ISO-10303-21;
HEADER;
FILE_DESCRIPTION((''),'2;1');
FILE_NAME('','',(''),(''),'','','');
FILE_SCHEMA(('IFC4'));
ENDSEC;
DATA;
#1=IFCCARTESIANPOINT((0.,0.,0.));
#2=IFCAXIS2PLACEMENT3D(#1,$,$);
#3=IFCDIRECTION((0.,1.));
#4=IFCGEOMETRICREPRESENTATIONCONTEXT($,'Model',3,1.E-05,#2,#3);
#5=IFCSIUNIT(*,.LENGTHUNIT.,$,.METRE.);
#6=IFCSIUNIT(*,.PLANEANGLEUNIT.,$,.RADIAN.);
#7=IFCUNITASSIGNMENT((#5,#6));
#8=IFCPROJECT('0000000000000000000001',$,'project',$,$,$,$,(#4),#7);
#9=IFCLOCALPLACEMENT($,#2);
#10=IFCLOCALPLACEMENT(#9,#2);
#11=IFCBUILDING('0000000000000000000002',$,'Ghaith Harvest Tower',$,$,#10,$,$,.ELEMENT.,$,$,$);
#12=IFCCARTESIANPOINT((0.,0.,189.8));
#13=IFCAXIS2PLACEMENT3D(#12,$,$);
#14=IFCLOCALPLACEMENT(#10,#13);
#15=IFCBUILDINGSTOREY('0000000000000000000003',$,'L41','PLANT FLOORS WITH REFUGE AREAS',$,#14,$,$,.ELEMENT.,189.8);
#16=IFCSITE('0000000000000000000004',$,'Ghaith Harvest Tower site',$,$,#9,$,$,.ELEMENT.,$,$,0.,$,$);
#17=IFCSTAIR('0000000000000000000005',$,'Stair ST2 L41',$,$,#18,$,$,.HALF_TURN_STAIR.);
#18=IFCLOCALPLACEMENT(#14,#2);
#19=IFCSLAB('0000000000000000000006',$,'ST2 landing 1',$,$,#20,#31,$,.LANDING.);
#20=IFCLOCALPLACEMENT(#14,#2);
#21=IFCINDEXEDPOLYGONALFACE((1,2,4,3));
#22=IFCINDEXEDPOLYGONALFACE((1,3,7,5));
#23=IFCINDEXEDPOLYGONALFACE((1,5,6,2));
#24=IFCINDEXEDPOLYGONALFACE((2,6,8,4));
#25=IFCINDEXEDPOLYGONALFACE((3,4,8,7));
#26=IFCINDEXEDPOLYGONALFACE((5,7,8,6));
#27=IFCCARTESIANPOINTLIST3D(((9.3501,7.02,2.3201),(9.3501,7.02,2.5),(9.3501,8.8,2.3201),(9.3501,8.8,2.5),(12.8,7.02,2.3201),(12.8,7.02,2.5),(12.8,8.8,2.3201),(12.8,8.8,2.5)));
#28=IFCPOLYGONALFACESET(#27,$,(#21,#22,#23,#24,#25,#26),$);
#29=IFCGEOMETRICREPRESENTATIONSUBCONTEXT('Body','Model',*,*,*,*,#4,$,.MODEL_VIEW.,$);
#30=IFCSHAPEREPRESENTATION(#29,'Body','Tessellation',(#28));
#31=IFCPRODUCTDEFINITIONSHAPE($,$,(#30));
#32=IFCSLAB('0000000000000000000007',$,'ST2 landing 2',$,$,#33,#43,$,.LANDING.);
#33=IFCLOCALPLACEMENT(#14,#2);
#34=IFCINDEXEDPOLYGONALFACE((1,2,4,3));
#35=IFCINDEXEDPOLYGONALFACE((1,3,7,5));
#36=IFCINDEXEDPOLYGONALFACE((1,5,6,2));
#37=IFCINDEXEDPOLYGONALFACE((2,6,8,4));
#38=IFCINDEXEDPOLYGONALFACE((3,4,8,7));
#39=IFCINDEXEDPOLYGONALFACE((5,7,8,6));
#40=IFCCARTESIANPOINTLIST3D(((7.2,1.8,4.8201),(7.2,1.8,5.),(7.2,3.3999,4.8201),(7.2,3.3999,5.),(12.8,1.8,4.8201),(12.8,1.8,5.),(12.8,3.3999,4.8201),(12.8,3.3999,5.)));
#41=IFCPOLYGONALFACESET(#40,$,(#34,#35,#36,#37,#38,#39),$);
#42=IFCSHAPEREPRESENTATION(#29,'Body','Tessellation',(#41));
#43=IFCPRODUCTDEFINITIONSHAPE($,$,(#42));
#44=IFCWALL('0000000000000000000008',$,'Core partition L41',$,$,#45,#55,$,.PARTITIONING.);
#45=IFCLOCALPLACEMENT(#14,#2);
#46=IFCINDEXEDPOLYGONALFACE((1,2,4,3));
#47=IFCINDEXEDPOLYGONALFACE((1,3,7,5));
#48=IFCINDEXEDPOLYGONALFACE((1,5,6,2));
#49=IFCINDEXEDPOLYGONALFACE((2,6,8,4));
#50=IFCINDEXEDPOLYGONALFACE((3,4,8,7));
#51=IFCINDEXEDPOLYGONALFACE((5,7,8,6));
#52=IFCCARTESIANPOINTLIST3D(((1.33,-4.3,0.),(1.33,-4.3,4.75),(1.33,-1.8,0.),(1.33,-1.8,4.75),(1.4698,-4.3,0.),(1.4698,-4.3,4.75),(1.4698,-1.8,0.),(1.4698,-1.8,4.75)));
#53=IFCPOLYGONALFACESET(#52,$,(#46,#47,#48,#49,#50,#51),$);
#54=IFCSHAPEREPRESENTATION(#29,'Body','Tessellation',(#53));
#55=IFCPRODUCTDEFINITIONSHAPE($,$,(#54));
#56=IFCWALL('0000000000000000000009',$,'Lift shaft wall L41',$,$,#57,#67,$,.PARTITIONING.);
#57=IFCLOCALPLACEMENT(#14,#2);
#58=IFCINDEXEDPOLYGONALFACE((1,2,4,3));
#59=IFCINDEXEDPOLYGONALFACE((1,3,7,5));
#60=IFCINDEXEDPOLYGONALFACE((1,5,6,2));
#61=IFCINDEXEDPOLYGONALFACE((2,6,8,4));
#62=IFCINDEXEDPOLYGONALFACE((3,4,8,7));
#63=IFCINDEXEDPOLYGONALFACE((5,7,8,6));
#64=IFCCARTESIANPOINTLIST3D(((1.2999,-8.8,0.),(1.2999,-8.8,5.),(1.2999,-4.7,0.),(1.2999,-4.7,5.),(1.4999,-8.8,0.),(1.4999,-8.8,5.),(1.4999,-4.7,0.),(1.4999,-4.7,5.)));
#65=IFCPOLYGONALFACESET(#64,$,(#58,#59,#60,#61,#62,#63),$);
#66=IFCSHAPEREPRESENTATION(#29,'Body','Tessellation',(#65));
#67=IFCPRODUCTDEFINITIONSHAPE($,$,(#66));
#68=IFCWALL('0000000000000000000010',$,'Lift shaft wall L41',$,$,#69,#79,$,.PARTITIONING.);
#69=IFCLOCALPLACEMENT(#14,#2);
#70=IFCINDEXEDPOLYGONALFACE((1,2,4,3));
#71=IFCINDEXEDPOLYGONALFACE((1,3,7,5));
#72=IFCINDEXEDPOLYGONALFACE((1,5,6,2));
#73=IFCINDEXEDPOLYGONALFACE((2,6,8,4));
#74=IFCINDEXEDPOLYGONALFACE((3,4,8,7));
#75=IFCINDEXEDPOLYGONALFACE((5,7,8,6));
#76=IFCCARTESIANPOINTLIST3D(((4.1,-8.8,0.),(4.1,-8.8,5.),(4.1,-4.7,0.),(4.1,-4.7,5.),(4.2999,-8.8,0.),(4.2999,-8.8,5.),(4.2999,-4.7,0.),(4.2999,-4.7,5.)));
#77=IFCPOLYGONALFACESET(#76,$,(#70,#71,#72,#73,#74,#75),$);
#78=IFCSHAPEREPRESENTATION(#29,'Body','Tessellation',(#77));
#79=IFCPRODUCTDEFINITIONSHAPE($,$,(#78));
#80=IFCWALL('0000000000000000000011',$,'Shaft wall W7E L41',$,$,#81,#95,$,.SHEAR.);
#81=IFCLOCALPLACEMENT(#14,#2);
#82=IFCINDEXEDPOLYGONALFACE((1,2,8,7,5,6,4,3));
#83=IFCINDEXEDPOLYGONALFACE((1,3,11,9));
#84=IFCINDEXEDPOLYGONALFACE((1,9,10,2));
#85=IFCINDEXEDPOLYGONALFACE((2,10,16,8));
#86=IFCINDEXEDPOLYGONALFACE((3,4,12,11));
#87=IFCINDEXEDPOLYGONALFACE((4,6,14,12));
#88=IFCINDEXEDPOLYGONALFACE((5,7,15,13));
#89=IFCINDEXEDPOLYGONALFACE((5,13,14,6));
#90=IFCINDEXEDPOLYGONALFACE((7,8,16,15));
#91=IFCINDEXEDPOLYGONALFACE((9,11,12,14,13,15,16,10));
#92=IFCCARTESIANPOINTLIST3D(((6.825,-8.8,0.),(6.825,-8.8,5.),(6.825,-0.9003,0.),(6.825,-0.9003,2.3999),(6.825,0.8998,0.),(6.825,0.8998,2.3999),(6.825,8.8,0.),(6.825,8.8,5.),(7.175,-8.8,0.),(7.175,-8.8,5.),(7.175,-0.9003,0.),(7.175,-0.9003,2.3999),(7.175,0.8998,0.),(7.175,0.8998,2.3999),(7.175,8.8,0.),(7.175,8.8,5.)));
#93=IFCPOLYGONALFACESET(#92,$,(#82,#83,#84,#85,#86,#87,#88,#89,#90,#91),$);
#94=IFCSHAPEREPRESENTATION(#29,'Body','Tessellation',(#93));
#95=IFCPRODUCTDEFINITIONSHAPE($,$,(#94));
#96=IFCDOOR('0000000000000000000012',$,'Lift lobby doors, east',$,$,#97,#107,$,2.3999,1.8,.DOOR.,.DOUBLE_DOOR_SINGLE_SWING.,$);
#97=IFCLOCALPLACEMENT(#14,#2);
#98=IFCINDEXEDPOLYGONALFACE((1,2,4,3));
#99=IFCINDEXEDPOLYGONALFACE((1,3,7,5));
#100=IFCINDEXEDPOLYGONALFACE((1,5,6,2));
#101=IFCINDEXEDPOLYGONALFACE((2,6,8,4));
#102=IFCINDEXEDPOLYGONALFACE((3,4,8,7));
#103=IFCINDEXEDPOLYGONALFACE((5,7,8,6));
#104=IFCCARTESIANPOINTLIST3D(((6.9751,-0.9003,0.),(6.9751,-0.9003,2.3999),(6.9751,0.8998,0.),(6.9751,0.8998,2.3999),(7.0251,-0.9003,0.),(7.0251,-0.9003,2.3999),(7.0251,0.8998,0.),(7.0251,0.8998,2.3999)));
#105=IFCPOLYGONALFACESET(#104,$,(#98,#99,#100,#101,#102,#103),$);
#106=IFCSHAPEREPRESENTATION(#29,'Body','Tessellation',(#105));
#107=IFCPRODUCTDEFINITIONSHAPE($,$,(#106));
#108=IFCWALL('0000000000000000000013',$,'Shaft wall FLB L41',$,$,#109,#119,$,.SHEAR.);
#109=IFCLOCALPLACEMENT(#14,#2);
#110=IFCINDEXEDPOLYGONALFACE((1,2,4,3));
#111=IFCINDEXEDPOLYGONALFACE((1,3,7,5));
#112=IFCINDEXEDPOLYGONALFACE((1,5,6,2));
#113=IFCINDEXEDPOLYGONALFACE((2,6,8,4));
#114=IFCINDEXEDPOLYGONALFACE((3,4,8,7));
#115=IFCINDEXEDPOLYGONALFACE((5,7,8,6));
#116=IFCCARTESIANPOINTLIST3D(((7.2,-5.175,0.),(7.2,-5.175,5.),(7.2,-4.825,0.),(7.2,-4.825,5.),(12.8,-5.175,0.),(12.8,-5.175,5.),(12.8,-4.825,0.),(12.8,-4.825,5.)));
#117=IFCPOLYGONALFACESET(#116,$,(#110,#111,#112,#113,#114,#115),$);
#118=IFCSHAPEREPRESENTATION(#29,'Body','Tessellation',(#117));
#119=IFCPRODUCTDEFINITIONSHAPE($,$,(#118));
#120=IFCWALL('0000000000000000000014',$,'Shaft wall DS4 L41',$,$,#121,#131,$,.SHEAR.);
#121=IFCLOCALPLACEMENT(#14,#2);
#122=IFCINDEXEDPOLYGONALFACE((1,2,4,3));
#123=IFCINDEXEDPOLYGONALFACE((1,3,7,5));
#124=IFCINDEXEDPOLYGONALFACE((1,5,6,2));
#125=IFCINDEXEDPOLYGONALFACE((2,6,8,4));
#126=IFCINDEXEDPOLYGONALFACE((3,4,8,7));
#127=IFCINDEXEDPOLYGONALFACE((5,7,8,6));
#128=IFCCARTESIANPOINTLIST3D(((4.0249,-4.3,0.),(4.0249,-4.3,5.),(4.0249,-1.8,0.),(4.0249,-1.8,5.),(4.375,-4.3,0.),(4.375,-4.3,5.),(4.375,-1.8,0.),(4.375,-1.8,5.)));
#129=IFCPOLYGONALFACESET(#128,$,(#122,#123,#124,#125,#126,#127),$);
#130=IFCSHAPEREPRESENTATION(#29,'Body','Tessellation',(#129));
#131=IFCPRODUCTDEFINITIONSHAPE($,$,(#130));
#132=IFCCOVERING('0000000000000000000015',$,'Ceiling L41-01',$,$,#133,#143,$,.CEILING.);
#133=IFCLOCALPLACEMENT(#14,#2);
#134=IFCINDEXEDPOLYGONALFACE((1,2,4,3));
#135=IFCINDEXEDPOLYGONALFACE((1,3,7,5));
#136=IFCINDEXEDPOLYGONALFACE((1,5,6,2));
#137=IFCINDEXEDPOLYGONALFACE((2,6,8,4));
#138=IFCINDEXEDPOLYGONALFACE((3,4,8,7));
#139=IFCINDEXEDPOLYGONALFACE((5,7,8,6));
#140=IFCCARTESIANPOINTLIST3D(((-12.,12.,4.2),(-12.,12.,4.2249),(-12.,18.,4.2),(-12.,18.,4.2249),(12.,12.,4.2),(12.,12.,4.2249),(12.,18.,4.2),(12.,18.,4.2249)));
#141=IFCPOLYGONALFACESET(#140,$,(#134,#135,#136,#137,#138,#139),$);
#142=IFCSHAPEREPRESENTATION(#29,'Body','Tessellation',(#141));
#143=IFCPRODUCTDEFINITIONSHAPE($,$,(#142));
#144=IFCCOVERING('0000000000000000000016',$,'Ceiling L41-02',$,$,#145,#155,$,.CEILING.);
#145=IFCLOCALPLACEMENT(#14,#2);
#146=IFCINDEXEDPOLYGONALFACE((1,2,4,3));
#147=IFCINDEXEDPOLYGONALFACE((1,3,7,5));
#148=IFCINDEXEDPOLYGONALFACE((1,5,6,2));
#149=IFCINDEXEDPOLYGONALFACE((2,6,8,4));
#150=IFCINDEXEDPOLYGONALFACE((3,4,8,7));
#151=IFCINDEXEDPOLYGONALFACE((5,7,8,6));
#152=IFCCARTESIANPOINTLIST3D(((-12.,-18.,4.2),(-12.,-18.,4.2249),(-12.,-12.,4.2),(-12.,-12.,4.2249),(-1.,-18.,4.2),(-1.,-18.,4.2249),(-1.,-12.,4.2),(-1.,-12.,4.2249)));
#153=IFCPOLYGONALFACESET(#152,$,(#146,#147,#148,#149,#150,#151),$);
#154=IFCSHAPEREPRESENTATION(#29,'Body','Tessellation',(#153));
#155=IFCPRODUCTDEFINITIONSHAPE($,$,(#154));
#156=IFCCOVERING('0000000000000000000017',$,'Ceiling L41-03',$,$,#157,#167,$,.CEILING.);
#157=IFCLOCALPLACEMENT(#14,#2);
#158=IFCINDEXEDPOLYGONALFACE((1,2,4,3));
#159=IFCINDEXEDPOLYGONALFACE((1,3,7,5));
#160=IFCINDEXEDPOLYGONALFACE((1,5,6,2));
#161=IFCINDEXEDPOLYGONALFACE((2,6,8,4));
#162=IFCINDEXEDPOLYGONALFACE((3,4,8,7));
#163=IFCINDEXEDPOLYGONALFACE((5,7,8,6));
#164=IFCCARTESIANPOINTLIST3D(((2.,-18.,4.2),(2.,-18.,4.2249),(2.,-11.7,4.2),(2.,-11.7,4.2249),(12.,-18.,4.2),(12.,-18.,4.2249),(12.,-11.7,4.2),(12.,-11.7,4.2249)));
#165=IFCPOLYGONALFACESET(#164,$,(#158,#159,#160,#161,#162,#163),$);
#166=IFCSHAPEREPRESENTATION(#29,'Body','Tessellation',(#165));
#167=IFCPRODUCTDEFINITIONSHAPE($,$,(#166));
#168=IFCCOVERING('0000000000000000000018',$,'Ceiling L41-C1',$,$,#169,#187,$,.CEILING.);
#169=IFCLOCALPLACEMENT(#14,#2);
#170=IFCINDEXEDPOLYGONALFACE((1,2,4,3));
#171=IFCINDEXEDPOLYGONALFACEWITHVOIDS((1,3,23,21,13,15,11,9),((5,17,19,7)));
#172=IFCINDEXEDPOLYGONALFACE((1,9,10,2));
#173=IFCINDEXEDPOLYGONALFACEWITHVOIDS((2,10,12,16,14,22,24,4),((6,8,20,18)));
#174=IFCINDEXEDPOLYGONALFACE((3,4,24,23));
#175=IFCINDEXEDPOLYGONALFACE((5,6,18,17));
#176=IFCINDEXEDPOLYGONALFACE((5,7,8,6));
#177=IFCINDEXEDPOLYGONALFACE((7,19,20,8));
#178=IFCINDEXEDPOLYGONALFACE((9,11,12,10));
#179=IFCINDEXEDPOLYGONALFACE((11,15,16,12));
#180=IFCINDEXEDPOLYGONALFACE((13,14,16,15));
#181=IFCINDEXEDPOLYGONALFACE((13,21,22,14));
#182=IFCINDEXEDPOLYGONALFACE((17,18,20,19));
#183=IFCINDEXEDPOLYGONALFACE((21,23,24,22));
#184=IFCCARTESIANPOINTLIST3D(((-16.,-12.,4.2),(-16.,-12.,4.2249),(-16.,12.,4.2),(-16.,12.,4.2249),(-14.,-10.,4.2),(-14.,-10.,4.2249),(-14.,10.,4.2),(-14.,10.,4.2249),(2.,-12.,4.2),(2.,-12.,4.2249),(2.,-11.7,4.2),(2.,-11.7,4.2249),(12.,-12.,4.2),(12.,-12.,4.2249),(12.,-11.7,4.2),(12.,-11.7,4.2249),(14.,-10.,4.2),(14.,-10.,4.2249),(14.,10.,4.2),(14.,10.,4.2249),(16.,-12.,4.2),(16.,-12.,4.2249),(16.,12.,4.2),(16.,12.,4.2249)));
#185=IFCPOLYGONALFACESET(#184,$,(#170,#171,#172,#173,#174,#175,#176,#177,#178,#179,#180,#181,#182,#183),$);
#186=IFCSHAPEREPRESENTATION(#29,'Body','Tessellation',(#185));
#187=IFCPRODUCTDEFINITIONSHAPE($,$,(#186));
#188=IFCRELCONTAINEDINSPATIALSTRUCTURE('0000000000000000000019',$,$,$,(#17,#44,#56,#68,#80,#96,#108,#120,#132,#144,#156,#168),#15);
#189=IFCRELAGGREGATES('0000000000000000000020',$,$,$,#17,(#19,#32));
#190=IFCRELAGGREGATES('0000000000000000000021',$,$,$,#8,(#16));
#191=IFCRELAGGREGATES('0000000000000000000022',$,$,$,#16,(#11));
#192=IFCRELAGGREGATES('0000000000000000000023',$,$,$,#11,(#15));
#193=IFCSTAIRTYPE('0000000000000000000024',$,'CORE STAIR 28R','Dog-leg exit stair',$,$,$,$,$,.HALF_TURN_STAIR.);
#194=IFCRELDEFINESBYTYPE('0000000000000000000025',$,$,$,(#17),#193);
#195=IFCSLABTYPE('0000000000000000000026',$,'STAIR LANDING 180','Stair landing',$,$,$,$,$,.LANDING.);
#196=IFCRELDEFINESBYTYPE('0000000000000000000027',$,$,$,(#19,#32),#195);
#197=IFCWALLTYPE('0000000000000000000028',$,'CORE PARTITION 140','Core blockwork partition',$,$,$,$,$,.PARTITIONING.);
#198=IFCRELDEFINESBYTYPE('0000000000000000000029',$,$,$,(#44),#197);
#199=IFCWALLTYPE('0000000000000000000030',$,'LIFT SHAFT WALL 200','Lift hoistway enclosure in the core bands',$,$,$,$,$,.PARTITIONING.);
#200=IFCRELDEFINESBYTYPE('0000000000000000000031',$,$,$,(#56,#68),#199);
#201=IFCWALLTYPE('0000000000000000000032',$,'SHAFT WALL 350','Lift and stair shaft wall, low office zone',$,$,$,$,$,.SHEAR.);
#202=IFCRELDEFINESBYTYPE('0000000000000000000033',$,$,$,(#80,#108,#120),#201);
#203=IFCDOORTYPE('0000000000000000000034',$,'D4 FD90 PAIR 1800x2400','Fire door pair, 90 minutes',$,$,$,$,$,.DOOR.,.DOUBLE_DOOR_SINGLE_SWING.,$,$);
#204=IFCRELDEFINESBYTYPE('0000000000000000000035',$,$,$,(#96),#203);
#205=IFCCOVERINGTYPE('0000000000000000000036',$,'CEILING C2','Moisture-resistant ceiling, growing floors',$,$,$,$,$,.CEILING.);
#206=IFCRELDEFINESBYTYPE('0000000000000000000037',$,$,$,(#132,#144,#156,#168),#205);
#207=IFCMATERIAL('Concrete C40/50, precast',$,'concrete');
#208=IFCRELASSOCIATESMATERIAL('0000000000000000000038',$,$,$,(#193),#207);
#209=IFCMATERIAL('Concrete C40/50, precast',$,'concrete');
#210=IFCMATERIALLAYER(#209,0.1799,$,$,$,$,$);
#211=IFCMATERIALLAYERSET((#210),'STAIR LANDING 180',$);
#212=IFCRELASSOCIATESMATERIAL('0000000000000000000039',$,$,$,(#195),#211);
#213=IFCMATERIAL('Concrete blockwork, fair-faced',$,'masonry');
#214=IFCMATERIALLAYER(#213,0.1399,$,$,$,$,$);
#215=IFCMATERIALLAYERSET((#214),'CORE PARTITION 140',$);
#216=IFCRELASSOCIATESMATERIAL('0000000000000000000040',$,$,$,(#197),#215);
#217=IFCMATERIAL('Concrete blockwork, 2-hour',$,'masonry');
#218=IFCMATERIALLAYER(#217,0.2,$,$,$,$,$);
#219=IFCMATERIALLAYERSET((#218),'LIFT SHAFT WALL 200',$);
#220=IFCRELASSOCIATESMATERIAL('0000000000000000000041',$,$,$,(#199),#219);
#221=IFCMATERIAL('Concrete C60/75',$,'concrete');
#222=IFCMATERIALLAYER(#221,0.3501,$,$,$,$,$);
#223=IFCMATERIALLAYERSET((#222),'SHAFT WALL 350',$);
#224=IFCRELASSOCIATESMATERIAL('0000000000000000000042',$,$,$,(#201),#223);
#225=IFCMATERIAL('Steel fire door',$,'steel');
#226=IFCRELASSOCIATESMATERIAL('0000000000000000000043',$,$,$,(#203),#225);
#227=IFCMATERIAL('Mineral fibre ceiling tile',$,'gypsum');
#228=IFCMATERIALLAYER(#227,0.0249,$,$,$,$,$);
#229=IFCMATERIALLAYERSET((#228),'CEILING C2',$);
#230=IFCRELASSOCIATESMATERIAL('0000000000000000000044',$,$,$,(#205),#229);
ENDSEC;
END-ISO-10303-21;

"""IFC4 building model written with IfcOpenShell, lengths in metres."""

from ifc_helpers import new_model, si_unit, direction, frame, frame_2d, origin, place, context, subcontext, project, spatial, polyline, rectangle, outline, extrude, material, layer, layer_set, type_object, element, fill, aggregate, save


model = new_model("IFC4")

# Units and contexts
model_context = context("Model", 3, precision=1e-05, world=origin(), true_north=direction((0.0, 1.0)))
body_context = subcontext(model_context, "Body", "Model", "MODEL_VIEW")
ifc_project = project(units=[si_unit("LENGTHUNIT", "METRE"), si_unit("PLANEANGLEUNIT", "RADIAN")], contexts=[model_context])

# Site, building, storey
site_placement = place(None, origin())
site = spatial("IfcSite", under=ifc_project, at=site_placement, Name="Ghaith Harvest Tower site", CompositionType="ELEMENT", RefElevation=0.0)
building_placement = place(site_placement, origin())
building = spatial("IfcBuilding", under=site, at=building_placement, Name="Ghaith Harvest Tower", CompositionType="ELEMENT")
storey_placement = place(building_placement, frame((0.0, 0.0, 189.8)))
storey = spatial("IfcBuildingStorey", under=building, at=storey_placement, Name="L41", Description="PLANT FLOORS WITH REFUGE AREAS", CompositionType="ELEMENT", Elevation=189.8)

# Stair, slabs
ifc_material_1 = material(Name="Concrete C40/50, precast", Category="concrete")
stair_type = type_object("IfcStairType", Name="CORE STAIR 28R", Description="Dog-leg exit stair", PredefinedType="HALF_TURN_STAIR", material=ifc_material_1)
ifc_material_2 = material(Name="Concrete C40/50, precast", Category="concrete")
ifc_layer_1 = layer(ifc_material_2, 0.1799)
ifc_layer_set_1 = layer_set([ifc_layer_1], Name="STAIR LANDING 180")
slab_type_1 = type_object("IfcSlabType", Name="STAIR LANDING 180", Description="Stair landing", PredefinedType="LANDING", material=ifc_layer_set_1)
stair_1_placement = place(storey_placement, origin())
stair_1 = element("IfcStair", 1, at=stair_1_placement, inside=storey, type_object=stair_type, Name="Stair ST2 L41", PredefinedType="HALF_TURN_STAIR")
slab_1_placement = place(storey_placement, frame((0.0, 0.0, 2.3201)))
slab_1 = element("IfcSlab", 2, at=slab_1_placement, type_object=slab_type_1, Name="ST2 landing 1", PredefinedType="LANDING", context=body_context, shape_type="SweptSolid", body=[
    extrude(outline(polyline([(12.8, 7.02), (12.8, 8.8), (9.3501, 8.8), (9.3501, 7.02), (12.8, 7.02)])), origin(), (0.0, 0.0, 1.0), 0.1799),
])
slab_2_placement = place(storey_placement, frame((0.0, 0.0, 4.8201)))
slab_2 = element("IfcSlab", 3, at=slab_2_placement, type_object=slab_type_1, Name="ST2 landing 2", PredefinedType="LANDING", context=body_context, shape_type="SweptSolid", body=[
    extrude(outline(polyline([(12.8, 1.8), (12.8, 3.3999), (7.2, 3.3999), (7.2, 1.8), (12.8, 1.8)])), origin(), (0.0, 0.0, 1.0), 0.1799),
])
aggregate(stair_1, [slab_1, slab_2])

# Walls
ifc_material_3 = material(Name="Concrete blockwork, fair-faced", Category="masonry")
ifc_layer_2 = layer(ifc_material_3, 0.1399)
ifc_layer_set_2 = layer_set([ifc_layer_2], Name="CORE PARTITION 140")
wall_type_1 = type_object("IfcWallType", Name="CORE PARTITION 140", Description="Core blockwork partition", PredefinedType="PARTITIONING", material=ifc_layer_set_2)
wall_1_placement = place(storey_placement, frame((1.3999, -1.8, 0.0), z_axis=(0.0, 0.0, 1.0), x_axis=(0.0, -1.0, 0.0)))
element("IfcWall", 4, at=wall_1_placement, inside=storey, type_object=wall_type_1, Name="Core partition L41", PredefinedType="PARTITIONING", context=body_context, shape_type="SweptSolid", body=[
    extrude(rectangle(XDim=2.5, YDim=0.1399, at=frame_2d((1.25, 0.0))), origin(), (0.0, 0.0, 1.0), 4.75),
])
ifc_material_4 = material(Name="Concrete blockwork, 2-hour", Category="masonry")
ifc_layer_3 = layer(ifc_material_4, 0.2)
ifc_layer_set_3 = layer_set([ifc_layer_3], Name="LIFT SHAFT WALL 200")
wall_type_2 = type_object("IfcWallType", Name="LIFT SHAFT WALL 200", Description="Lift hoistway enclosure in the core bands", PredefinedType="PARTITIONING", material=ifc_layer_set_3)
for number, where, z_axis, x_axis, name in (
    (5, (1.3999, -4.7, 0.0), (0.0, 0.0, 1.0), (0.0, -1.0, 0.0), "Lift shaft wall L41"),
    (6, (4.2, -4.7, 0.0), (0.0, 0.0, 1.0), (0.0, -1.0, 0.0), "Lift shaft wall L41"),
):
    element("IfcWall", number, at=place(storey_placement, frame(where, z_axis=z_axis, x_axis=x_axis)), inside=storey, type_object=wall_type_2, Name=name, PredefinedType="PARTITIONING", context=body_context, shape_type="SweptSolid", body=[
        extrude(rectangle(XDim=4.1001, YDim=0.2, at=frame_2d((2.05, 0.0))), origin(), (0.0, 0.0, 1.0), 5.0),
    ])

# Wall, opening, door
ifc_material_5 = material(Name="Concrete C60/75", Category="concrete")
ifc_layer_4 = layer(ifc_material_5, 0.3501)
ifc_layer_set_4 = layer_set([ifc_layer_4], Name="SHAFT WALL 350")
wall_type_3 = type_object("IfcWallType", Name="SHAFT WALL 350", Description="Lift and stair shaft wall, low office zone", PredefinedType="SHEAR", material=ifc_layer_set_4)
wall_2_placement = place(storey_placement, frame((7.0, -8.8, 0.0), z_axis=(0.0, 0.0, 1.0), x_axis=(0.0, 1.0, 0.0)))
wall_2 = element("IfcWall", 7, at=wall_2_placement, inside=storey, type_object=wall_type_3, Name="Shaft wall W7E L41", PredefinedType="SHEAR", context=body_context, shape_type="SweptSolid", body=[
    extrude(rectangle(XDim=17.6001, YDim=0.3501, at=frame_2d((8.8, 0.0))), origin(), (0.0, 0.0, 1.0), 5.0),
])
opening_1_placement = place(wall_2_placement, frame((7.8999, 0.0, 0.0)))
opening_1 = element("IfcOpeningElement", 8, at=opening_1_placement, cuts=wall_2, PredefinedType="OPENING", context=body_context, shape_type="SweptSolid", body=[
    extrude(rectangle(XDim=1.8, YDim=2.3999, at=frame_2d((0.8999, 1.2))), frame((0.0, 0.1851, 0.0), z_axis=(0.0, -1.0, 0.0), x_axis=(1.0, 0.0, 0.0)), (0.0, 0.0, 1.0), 0.3701),
])
ifc_material_6 = material(Name="Steel fire door", Category="steel")
door_type_1 = type_object("IfcDoorType", Name="D4 FD90 PAIR 1800x2400", Description="Fire door pair, 90 minutes", OperationType="DOUBLE_DOOR_SINGLE_SWING", PredefinedType="DOOR", material=ifc_material_6)
door_1_placement = place(opening_1_placement, origin())
door_1 = element("IfcDoor", 9, at=door_1_placement, inside=storey, type_object=door_type_1, Name="Lift lobby doors, east", OperationType="DOUBLE_DOOR_SINGLE_SWING", OverallHeight=2.3999, OverallWidth=1.8, PredefinedType="DOOR", context=body_context, shape_type="SweptSolid", body=[
    extrude(rectangle(XDim=1.8, YDim=2.3999, at=frame_2d((0.8999, 1.2))), frame((0.0, 0.0249, 0.0), z_axis=(0.0, -1.0, 0.0), x_axis=(1.0, 0.0, 0.0)), (0.0, 0.0, 1.0), 0.05),
])
fill(opening_1, door_1)

# Walls
wall_3_placement = place(storey_placement, frame((7.2, -5.0, 0.0), z_axis=(0.0, 0.0, 1.0), x_axis=(1.0, 0.0, 0.0)))
element("IfcWall", 10, at=wall_3_placement, inside=storey, type_object=wall_type_3, Name="Shaft wall FLB L41", PredefinedType="SHEAR", context=body_context, shape_type="SweptSolid", body=[
    extrude(rectangle(XDim=5.6001, YDim=0.3501, at=frame_2d((2.8, 0.0))), origin(), (0.0, 0.0, 1.0), 5.0),
])
wall_4_placement = place(storey_placement, frame((4.2, -4.3, 0.0), z_axis=(0.0, 0.0, 1.0), x_axis=(0.0, 1.0, 0.0)))
element("IfcWall", 11, at=wall_4_placement, inside=storey, type_object=wall_type_3, Name="Shaft wall DS4 L41", PredefinedType="SHEAR", context=body_context, shape_type="SweptSolid", body=[
    extrude(rectangle(XDim=2.5, YDim=0.3501, at=frame_2d((1.25, 0.0))), origin(), (0.0, 0.0, 1.0), 5.0),
])

# Coverings
ifc_material_7 = material(Name="Mineral fibre ceiling tile", Category="gypsum")
ifc_layer_5 = layer(ifc_material_7, 0.0249)
ifc_layer_set_5 = layer_set([ifc_layer_5], Name="CEILING C2")
covering_type = type_object("IfcCoveringType", Name="CEILING C2", Description="Moisture-resistant ceiling, growing floors", PredefinedType="CEILING", material=ifc_layer_set_5)
covering_1_placement = place(storey_placement, frame((0.0, 0.0, 4.2)))
element("IfcCovering", 12, at=covering_1_placement, inside=storey, type_object=covering_type, Name="Ceiling L41-01", PredefinedType="CEILING", context=body_context, shape_type="SweptSolid", body=[
    extrude(outline(polyline([(-12.0, 12.0), (12.0, 12.0), (12.0, 18.0), (-12.0, 18.0), (-12.0, 12.0)])), origin(), (0.0, 0.0, 1.0), 0.0249),
])
covering_2_placement = place(storey_placement, frame((0.0, 0.0, 4.2)))
element("IfcCovering", 13, at=covering_2_placement, inside=storey, type_object=covering_type, Name="Ceiling L41-02", PredefinedType="CEILING", context=body_context, shape_type="SweptSolid", body=[
    extrude(outline(polyline([(-12.0, -18.0), (-1.0, -18.0), (-1.0, -12.0), (-12.0, -12.0), (-12.0, -18.0)])), origin(), (0.0, 0.0, 1.0), 0.0249),
])
covering_3_placement = place(storey_placement, frame((0.0, 0.0, 4.2)))
element("IfcCovering", 14, at=covering_3_placement, inside=storey, type_object=covering_type, Name="Ceiling L41-03", PredefinedType="CEILING", context=body_context, shape_type="SweptSolid", body=[
    extrude(outline(polyline([(2.0, -18.0), (12.0, -18.0), (12.0, -11.7), (2.0, -11.7), (2.0, -18.0)])), origin(), (0.0, 0.0, 1.0), 0.0249),
])
covering_4_placement = place(storey_placement, frame((0.0, 0.0, 4.2)))
element("IfcCovering", 15, at=covering_4_placement, inside=storey, type_object=covering_type, Name="Ceiling L41-C1", PredefinedType="CEILING", context=body_context, shape_type="SweptSolid", body=[
    extrude(outline(polyline([(-16.0, 12.0), (16.0, 12.0), (16.0, -12.0), (12.0, -12.0), (12.0, -11.7), (2.0, -11.7), (2.0, -12.0), (-16.0, -12.0), (-16.0, 12.0)]), holes=[polyline([(14.0, -10.0), (14.0, 10.0), (-14.0, 10.0), (-14.0, -10.0), (14.0, -10.0)])]), origin(), (0.0, 0.0, 1.0), 0.0249),
])

save(model, "model.ifc")
